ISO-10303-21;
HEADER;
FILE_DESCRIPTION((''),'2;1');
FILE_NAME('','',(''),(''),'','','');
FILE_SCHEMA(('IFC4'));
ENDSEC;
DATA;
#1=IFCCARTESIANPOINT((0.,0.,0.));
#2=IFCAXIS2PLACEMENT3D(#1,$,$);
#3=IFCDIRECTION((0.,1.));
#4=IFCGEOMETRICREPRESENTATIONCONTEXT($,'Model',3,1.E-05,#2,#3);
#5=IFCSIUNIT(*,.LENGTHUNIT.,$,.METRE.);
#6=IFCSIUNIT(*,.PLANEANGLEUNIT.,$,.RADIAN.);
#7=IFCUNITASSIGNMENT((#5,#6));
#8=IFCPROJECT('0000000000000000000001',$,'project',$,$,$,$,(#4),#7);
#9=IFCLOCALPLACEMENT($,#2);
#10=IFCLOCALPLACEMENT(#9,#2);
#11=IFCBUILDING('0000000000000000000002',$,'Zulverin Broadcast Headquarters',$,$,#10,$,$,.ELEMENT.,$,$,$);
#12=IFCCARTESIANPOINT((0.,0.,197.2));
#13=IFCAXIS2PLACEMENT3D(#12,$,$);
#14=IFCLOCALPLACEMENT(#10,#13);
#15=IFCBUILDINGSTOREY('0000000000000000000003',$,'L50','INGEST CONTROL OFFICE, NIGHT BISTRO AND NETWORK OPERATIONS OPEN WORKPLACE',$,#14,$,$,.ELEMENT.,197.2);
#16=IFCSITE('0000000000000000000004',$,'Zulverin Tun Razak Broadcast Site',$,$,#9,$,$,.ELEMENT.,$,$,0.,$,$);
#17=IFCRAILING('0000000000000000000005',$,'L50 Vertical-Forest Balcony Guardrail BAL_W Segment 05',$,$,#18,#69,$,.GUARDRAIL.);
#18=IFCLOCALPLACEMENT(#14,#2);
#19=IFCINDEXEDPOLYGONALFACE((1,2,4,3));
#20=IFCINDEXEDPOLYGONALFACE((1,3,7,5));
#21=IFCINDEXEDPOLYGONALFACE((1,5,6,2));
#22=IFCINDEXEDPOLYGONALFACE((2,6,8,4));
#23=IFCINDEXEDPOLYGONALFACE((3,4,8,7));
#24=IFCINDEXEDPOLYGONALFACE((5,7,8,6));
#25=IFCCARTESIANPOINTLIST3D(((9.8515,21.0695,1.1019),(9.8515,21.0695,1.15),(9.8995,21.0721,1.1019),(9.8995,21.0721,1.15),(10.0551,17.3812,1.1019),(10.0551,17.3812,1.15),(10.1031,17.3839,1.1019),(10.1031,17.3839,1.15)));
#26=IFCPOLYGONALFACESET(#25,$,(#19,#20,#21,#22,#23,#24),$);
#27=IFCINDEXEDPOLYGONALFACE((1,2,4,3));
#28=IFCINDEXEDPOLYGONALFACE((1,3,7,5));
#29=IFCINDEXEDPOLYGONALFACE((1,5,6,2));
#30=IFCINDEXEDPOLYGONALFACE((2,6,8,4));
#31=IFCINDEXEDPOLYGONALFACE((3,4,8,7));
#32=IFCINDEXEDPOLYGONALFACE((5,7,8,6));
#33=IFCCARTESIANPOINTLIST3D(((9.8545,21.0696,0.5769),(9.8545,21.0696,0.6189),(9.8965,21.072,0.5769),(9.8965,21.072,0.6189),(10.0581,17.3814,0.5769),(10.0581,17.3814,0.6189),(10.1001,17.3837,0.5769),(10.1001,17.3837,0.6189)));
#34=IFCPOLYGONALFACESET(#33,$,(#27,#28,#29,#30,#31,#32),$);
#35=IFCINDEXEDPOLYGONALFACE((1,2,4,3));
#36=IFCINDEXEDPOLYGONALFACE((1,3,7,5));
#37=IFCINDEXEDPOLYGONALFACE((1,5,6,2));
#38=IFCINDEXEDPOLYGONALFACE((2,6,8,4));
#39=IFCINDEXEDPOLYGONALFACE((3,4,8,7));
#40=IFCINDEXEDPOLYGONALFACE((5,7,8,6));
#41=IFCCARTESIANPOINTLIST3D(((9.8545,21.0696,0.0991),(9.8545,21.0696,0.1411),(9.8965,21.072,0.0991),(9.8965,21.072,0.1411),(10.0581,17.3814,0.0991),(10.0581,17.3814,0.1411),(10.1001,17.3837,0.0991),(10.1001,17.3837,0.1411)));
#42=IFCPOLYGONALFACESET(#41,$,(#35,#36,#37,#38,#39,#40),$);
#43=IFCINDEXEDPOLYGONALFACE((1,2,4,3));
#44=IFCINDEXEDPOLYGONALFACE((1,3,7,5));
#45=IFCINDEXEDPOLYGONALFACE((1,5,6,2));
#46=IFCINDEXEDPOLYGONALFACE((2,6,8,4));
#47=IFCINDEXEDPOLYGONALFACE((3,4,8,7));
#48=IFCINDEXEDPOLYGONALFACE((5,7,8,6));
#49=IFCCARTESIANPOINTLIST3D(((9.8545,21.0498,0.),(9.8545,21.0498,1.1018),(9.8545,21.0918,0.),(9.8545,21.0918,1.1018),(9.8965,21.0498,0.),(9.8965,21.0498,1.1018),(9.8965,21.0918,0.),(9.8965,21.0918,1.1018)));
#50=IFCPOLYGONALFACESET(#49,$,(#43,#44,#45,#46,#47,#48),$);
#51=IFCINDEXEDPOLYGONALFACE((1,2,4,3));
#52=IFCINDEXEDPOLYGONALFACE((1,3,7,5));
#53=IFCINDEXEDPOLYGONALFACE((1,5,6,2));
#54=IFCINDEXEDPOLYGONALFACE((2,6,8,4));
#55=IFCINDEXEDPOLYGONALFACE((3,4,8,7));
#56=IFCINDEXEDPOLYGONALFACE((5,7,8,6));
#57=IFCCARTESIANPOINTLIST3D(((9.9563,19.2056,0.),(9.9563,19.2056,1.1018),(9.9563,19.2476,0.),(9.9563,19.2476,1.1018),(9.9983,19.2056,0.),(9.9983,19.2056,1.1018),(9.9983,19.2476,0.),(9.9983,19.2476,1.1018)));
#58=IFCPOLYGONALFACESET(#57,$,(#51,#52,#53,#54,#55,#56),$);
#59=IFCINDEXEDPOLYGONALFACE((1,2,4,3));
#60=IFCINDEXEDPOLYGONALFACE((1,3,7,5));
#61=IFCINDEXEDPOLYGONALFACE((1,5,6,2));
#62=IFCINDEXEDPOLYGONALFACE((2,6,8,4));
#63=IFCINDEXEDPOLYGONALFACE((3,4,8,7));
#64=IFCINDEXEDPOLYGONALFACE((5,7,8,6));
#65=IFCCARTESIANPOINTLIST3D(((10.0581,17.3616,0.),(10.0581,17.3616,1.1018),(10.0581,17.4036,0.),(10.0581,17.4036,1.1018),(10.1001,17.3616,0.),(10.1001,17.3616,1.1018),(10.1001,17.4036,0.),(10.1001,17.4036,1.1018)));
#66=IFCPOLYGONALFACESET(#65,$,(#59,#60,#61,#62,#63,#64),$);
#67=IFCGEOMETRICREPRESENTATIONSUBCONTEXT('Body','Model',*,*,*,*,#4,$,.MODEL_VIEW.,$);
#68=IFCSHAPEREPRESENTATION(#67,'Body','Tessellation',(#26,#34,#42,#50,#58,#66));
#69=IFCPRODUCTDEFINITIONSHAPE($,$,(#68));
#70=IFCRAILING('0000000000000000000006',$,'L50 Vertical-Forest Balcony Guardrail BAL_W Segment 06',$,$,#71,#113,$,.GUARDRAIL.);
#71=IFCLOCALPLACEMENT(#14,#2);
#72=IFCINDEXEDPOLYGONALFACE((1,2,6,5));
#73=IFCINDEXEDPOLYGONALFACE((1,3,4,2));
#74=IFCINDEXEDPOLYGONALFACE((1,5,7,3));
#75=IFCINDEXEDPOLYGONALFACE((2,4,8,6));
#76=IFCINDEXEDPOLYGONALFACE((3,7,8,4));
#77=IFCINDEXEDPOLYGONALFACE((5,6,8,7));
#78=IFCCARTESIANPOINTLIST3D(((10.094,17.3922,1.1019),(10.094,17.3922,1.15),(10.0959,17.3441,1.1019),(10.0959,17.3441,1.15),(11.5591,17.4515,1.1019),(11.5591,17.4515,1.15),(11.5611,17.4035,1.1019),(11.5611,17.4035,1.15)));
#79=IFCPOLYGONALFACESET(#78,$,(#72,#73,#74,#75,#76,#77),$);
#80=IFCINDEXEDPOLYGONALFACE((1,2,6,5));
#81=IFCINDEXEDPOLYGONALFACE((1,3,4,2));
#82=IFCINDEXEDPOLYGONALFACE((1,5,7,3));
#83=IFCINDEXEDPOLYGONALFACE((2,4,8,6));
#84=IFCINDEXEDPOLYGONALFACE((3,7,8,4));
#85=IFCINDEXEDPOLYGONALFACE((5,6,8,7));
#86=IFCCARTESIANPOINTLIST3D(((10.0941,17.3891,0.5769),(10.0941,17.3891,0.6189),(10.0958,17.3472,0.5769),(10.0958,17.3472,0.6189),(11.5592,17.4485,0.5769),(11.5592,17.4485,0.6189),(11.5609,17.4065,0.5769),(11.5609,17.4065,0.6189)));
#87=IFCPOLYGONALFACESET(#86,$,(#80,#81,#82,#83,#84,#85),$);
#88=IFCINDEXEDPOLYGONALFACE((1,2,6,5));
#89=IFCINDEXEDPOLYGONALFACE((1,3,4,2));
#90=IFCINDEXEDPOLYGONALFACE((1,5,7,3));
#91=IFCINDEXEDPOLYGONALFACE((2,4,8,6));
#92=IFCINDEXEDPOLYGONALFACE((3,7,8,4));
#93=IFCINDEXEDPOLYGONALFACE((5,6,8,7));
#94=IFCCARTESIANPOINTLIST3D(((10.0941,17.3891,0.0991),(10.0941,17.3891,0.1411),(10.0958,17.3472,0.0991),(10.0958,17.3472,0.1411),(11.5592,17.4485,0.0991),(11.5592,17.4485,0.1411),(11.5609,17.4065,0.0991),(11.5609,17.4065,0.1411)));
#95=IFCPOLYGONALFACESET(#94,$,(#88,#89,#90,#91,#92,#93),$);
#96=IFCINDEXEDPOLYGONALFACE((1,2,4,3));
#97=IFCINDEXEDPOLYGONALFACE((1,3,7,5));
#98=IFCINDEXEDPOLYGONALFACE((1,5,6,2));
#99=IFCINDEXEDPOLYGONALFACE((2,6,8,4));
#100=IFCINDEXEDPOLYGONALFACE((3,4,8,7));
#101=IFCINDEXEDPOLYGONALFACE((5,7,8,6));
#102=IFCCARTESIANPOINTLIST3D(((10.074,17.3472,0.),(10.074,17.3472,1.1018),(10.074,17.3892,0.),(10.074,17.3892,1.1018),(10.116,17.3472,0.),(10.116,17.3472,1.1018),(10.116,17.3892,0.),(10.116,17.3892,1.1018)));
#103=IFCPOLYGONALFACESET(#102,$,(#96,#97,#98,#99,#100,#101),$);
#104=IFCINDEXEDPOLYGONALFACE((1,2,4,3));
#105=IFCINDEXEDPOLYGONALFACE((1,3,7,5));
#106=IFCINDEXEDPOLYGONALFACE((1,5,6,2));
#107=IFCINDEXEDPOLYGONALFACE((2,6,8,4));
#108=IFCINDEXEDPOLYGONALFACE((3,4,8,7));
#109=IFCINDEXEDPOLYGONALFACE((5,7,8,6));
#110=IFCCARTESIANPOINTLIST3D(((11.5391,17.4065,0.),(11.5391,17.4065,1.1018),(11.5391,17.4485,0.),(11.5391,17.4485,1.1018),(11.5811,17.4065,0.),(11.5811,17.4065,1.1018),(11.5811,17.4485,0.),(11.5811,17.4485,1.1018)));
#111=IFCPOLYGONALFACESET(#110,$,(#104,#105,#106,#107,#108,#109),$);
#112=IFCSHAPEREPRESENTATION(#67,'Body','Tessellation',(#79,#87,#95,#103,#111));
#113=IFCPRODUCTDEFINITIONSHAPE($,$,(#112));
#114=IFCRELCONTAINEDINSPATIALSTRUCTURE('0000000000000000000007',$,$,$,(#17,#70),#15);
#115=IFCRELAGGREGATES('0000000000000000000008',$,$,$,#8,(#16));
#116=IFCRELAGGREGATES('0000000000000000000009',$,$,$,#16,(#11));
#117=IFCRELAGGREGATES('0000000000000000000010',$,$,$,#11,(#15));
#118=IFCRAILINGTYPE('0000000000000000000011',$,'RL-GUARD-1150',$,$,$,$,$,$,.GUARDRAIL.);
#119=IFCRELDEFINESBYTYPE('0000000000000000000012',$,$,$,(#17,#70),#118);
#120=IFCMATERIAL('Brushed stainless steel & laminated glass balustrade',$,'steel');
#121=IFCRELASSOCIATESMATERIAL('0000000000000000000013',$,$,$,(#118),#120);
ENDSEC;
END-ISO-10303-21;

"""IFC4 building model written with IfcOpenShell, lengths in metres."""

from ifc_helpers import new_model, si_unit, direction, frame, origin, origin_2d, place, context, subcontext, project, spatial, rectangle, extrude, material, type_object, element, save


model = new_model("IFC4")

# Units and contexts
model_context = context("Model", 3, precision=1e-05, world=origin(), true_north=direction((0.0, 1.0)))
body_context = subcontext(model_context, "Body", "Model", "MODEL_VIEW")
ifc_project = project(units=[si_unit("LENGTHUNIT", "METRE"), si_unit("PLANEANGLEUNIT", "RADIAN")], contexts=[model_context])

# Site, building, storey
site_placement = place(None, origin())
site = spatial("IfcSite", under=ifc_project, at=site_placement, Name="Zulverin Tun Razak Broadcast Site", CompositionType="ELEMENT", RefElevation=0.0)
building_placement = place(site_placement, origin())
building = spatial("IfcBuilding", under=site, at=building_placement, Name="Zulverin Broadcast Headquarters", CompositionType="ELEMENT")
storey_placement = place(building_placement, frame((0.0, 0.0, 197.2)))
storey = spatial("IfcBuildingStorey", under=building, at=storey_placement, Name="L50", Description="INGEST CONTROL OFFICE, NIGHT BISTRO AND NETWORK OPERATIONS OPEN WORKPLACE", CompositionType="ELEMENT", Elevation=197.2)

# Railings
ifc_material_1 = material(Name="Brushed stainless steel & laminated glass balustrade", Category="steel")
railing_type = type_object("IfcRailingType", Name="RL-GUARD-1150", PredefinedType="GUARDRAIL", material=ifc_material_1)
railing_1_placement = place(storey_placement, frame((9.8755, 21.0708, 0.0)))
element("IfcRailing", 1, at=railing_1_placement, inside=storey, type_object=railing_type, Name="L50 Vertical-Forest Balcony Guardrail BAL_W Segment 05", PredefinedType="GUARDRAIL", context=body_context, shape_type="SweptSolid", body=[
    extrude(rectangle(XDim=0.0481, YDim=0.0481, at=origin_2d()), frame((0.0, 0.0, 1.126), z_axis=(0.055122, -0.99848, 0.0), x_axis=(0.99848, 0.055122, 0.0)), (0.0, 0.0, 1.0), 3.6938),
    extrude(rectangle(XDim=0.042, YDim=0.042, at=origin_2d()), frame((0.0, 0.0, 0.5979), z_axis=(0.055122, -0.99848, 0.0), x_axis=(0.99848, 0.055122, 0.0)), (0.0, 0.0, 1.0), 3.6938),
    extrude(rectangle(XDim=0.042, YDim=0.042, at=origin_2d()), frame((0.0, 0.0, 0.1201), z_axis=(0.055122, -0.99848, 0.0), x_axis=(0.99848, 0.055122, 0.0)), (0.0, 0.0, 1.0), 3.6938),
    extrude(rectangle(XDim=0.042, YDim=0.042, at=origin_2d()), origin(), (0.0, 0.0, 1.0), 1.1018),
    extrude(rectangle(XDim=0.042, YDim=0.042, at=origin_2d()), frame((0.1018, -1.8442, 0.0)), (0.0, 0.0, 1.0), 1.1018),
    extrude(rectangle(XDim=0.042, YDim=0.042, at=origin_2d()), frame((0.2036, -3.6882, 0.0)), (0.0, 0.0, 1.0), 1.1018),
])
railing_2_placement = place(storey_placement, frame((10.095, 17.3682, 0.0)))
element("IfcRailing", 2, at=railing_2_placement, inside=storey, type_object=railing_type, Name="L50 Vertical-Forest Balcony Guardrail BAL_W Segment 06", PredefinedType="GUARDRAIL", context=body_context, shape_type="SweptSolid", body=[
    extrude(rectangle(XDim=0.0481, YDim=0.0481, at=origin_2d()), frame((0.0, 0.0, 1.126), z_axis=(0.999181, 0.04046, 0.0), x_axis=(-0.04046, 0.999181, 0.0)), (0.0, 0.0, 1.0), 1.4663),
    extrude(rectangle(XDim=0.042, YDim=0.042, at=origin_2d()), frame((0.0, 0.0, 0.5979), z_axis=(0.999181, 0.04046, 0.0), x_axis=(-0.04046, 0.999181, 0.0)), (0.0, 0.0, 1.0), 1.4663),
    extrude(rectangle(XDim=0.042, YDim=0.042, at=origin_2d()), frame((0.0, 0.0, 0.1201), z_axis=(0.999181, 0.04046, 0.0), x_axis=(-0.04046, 0.999181, 0.0)), (0.0, 0.0, 1.0), 1.4663),
    extrude(rectangle(XDim=0.042, YDim=0.042, at=origin_2d()), origin(), (0.0, 0.0, 1.0), 1.1018),
    extrude(rectangle(XDim=0.042, YDim=0.042, at=origin_2d()), frame((1.4651, 0.0593, 0.0)), (0.0, 0.0, 1.0), 1.1018),
])

save(model, "model.ifc")
